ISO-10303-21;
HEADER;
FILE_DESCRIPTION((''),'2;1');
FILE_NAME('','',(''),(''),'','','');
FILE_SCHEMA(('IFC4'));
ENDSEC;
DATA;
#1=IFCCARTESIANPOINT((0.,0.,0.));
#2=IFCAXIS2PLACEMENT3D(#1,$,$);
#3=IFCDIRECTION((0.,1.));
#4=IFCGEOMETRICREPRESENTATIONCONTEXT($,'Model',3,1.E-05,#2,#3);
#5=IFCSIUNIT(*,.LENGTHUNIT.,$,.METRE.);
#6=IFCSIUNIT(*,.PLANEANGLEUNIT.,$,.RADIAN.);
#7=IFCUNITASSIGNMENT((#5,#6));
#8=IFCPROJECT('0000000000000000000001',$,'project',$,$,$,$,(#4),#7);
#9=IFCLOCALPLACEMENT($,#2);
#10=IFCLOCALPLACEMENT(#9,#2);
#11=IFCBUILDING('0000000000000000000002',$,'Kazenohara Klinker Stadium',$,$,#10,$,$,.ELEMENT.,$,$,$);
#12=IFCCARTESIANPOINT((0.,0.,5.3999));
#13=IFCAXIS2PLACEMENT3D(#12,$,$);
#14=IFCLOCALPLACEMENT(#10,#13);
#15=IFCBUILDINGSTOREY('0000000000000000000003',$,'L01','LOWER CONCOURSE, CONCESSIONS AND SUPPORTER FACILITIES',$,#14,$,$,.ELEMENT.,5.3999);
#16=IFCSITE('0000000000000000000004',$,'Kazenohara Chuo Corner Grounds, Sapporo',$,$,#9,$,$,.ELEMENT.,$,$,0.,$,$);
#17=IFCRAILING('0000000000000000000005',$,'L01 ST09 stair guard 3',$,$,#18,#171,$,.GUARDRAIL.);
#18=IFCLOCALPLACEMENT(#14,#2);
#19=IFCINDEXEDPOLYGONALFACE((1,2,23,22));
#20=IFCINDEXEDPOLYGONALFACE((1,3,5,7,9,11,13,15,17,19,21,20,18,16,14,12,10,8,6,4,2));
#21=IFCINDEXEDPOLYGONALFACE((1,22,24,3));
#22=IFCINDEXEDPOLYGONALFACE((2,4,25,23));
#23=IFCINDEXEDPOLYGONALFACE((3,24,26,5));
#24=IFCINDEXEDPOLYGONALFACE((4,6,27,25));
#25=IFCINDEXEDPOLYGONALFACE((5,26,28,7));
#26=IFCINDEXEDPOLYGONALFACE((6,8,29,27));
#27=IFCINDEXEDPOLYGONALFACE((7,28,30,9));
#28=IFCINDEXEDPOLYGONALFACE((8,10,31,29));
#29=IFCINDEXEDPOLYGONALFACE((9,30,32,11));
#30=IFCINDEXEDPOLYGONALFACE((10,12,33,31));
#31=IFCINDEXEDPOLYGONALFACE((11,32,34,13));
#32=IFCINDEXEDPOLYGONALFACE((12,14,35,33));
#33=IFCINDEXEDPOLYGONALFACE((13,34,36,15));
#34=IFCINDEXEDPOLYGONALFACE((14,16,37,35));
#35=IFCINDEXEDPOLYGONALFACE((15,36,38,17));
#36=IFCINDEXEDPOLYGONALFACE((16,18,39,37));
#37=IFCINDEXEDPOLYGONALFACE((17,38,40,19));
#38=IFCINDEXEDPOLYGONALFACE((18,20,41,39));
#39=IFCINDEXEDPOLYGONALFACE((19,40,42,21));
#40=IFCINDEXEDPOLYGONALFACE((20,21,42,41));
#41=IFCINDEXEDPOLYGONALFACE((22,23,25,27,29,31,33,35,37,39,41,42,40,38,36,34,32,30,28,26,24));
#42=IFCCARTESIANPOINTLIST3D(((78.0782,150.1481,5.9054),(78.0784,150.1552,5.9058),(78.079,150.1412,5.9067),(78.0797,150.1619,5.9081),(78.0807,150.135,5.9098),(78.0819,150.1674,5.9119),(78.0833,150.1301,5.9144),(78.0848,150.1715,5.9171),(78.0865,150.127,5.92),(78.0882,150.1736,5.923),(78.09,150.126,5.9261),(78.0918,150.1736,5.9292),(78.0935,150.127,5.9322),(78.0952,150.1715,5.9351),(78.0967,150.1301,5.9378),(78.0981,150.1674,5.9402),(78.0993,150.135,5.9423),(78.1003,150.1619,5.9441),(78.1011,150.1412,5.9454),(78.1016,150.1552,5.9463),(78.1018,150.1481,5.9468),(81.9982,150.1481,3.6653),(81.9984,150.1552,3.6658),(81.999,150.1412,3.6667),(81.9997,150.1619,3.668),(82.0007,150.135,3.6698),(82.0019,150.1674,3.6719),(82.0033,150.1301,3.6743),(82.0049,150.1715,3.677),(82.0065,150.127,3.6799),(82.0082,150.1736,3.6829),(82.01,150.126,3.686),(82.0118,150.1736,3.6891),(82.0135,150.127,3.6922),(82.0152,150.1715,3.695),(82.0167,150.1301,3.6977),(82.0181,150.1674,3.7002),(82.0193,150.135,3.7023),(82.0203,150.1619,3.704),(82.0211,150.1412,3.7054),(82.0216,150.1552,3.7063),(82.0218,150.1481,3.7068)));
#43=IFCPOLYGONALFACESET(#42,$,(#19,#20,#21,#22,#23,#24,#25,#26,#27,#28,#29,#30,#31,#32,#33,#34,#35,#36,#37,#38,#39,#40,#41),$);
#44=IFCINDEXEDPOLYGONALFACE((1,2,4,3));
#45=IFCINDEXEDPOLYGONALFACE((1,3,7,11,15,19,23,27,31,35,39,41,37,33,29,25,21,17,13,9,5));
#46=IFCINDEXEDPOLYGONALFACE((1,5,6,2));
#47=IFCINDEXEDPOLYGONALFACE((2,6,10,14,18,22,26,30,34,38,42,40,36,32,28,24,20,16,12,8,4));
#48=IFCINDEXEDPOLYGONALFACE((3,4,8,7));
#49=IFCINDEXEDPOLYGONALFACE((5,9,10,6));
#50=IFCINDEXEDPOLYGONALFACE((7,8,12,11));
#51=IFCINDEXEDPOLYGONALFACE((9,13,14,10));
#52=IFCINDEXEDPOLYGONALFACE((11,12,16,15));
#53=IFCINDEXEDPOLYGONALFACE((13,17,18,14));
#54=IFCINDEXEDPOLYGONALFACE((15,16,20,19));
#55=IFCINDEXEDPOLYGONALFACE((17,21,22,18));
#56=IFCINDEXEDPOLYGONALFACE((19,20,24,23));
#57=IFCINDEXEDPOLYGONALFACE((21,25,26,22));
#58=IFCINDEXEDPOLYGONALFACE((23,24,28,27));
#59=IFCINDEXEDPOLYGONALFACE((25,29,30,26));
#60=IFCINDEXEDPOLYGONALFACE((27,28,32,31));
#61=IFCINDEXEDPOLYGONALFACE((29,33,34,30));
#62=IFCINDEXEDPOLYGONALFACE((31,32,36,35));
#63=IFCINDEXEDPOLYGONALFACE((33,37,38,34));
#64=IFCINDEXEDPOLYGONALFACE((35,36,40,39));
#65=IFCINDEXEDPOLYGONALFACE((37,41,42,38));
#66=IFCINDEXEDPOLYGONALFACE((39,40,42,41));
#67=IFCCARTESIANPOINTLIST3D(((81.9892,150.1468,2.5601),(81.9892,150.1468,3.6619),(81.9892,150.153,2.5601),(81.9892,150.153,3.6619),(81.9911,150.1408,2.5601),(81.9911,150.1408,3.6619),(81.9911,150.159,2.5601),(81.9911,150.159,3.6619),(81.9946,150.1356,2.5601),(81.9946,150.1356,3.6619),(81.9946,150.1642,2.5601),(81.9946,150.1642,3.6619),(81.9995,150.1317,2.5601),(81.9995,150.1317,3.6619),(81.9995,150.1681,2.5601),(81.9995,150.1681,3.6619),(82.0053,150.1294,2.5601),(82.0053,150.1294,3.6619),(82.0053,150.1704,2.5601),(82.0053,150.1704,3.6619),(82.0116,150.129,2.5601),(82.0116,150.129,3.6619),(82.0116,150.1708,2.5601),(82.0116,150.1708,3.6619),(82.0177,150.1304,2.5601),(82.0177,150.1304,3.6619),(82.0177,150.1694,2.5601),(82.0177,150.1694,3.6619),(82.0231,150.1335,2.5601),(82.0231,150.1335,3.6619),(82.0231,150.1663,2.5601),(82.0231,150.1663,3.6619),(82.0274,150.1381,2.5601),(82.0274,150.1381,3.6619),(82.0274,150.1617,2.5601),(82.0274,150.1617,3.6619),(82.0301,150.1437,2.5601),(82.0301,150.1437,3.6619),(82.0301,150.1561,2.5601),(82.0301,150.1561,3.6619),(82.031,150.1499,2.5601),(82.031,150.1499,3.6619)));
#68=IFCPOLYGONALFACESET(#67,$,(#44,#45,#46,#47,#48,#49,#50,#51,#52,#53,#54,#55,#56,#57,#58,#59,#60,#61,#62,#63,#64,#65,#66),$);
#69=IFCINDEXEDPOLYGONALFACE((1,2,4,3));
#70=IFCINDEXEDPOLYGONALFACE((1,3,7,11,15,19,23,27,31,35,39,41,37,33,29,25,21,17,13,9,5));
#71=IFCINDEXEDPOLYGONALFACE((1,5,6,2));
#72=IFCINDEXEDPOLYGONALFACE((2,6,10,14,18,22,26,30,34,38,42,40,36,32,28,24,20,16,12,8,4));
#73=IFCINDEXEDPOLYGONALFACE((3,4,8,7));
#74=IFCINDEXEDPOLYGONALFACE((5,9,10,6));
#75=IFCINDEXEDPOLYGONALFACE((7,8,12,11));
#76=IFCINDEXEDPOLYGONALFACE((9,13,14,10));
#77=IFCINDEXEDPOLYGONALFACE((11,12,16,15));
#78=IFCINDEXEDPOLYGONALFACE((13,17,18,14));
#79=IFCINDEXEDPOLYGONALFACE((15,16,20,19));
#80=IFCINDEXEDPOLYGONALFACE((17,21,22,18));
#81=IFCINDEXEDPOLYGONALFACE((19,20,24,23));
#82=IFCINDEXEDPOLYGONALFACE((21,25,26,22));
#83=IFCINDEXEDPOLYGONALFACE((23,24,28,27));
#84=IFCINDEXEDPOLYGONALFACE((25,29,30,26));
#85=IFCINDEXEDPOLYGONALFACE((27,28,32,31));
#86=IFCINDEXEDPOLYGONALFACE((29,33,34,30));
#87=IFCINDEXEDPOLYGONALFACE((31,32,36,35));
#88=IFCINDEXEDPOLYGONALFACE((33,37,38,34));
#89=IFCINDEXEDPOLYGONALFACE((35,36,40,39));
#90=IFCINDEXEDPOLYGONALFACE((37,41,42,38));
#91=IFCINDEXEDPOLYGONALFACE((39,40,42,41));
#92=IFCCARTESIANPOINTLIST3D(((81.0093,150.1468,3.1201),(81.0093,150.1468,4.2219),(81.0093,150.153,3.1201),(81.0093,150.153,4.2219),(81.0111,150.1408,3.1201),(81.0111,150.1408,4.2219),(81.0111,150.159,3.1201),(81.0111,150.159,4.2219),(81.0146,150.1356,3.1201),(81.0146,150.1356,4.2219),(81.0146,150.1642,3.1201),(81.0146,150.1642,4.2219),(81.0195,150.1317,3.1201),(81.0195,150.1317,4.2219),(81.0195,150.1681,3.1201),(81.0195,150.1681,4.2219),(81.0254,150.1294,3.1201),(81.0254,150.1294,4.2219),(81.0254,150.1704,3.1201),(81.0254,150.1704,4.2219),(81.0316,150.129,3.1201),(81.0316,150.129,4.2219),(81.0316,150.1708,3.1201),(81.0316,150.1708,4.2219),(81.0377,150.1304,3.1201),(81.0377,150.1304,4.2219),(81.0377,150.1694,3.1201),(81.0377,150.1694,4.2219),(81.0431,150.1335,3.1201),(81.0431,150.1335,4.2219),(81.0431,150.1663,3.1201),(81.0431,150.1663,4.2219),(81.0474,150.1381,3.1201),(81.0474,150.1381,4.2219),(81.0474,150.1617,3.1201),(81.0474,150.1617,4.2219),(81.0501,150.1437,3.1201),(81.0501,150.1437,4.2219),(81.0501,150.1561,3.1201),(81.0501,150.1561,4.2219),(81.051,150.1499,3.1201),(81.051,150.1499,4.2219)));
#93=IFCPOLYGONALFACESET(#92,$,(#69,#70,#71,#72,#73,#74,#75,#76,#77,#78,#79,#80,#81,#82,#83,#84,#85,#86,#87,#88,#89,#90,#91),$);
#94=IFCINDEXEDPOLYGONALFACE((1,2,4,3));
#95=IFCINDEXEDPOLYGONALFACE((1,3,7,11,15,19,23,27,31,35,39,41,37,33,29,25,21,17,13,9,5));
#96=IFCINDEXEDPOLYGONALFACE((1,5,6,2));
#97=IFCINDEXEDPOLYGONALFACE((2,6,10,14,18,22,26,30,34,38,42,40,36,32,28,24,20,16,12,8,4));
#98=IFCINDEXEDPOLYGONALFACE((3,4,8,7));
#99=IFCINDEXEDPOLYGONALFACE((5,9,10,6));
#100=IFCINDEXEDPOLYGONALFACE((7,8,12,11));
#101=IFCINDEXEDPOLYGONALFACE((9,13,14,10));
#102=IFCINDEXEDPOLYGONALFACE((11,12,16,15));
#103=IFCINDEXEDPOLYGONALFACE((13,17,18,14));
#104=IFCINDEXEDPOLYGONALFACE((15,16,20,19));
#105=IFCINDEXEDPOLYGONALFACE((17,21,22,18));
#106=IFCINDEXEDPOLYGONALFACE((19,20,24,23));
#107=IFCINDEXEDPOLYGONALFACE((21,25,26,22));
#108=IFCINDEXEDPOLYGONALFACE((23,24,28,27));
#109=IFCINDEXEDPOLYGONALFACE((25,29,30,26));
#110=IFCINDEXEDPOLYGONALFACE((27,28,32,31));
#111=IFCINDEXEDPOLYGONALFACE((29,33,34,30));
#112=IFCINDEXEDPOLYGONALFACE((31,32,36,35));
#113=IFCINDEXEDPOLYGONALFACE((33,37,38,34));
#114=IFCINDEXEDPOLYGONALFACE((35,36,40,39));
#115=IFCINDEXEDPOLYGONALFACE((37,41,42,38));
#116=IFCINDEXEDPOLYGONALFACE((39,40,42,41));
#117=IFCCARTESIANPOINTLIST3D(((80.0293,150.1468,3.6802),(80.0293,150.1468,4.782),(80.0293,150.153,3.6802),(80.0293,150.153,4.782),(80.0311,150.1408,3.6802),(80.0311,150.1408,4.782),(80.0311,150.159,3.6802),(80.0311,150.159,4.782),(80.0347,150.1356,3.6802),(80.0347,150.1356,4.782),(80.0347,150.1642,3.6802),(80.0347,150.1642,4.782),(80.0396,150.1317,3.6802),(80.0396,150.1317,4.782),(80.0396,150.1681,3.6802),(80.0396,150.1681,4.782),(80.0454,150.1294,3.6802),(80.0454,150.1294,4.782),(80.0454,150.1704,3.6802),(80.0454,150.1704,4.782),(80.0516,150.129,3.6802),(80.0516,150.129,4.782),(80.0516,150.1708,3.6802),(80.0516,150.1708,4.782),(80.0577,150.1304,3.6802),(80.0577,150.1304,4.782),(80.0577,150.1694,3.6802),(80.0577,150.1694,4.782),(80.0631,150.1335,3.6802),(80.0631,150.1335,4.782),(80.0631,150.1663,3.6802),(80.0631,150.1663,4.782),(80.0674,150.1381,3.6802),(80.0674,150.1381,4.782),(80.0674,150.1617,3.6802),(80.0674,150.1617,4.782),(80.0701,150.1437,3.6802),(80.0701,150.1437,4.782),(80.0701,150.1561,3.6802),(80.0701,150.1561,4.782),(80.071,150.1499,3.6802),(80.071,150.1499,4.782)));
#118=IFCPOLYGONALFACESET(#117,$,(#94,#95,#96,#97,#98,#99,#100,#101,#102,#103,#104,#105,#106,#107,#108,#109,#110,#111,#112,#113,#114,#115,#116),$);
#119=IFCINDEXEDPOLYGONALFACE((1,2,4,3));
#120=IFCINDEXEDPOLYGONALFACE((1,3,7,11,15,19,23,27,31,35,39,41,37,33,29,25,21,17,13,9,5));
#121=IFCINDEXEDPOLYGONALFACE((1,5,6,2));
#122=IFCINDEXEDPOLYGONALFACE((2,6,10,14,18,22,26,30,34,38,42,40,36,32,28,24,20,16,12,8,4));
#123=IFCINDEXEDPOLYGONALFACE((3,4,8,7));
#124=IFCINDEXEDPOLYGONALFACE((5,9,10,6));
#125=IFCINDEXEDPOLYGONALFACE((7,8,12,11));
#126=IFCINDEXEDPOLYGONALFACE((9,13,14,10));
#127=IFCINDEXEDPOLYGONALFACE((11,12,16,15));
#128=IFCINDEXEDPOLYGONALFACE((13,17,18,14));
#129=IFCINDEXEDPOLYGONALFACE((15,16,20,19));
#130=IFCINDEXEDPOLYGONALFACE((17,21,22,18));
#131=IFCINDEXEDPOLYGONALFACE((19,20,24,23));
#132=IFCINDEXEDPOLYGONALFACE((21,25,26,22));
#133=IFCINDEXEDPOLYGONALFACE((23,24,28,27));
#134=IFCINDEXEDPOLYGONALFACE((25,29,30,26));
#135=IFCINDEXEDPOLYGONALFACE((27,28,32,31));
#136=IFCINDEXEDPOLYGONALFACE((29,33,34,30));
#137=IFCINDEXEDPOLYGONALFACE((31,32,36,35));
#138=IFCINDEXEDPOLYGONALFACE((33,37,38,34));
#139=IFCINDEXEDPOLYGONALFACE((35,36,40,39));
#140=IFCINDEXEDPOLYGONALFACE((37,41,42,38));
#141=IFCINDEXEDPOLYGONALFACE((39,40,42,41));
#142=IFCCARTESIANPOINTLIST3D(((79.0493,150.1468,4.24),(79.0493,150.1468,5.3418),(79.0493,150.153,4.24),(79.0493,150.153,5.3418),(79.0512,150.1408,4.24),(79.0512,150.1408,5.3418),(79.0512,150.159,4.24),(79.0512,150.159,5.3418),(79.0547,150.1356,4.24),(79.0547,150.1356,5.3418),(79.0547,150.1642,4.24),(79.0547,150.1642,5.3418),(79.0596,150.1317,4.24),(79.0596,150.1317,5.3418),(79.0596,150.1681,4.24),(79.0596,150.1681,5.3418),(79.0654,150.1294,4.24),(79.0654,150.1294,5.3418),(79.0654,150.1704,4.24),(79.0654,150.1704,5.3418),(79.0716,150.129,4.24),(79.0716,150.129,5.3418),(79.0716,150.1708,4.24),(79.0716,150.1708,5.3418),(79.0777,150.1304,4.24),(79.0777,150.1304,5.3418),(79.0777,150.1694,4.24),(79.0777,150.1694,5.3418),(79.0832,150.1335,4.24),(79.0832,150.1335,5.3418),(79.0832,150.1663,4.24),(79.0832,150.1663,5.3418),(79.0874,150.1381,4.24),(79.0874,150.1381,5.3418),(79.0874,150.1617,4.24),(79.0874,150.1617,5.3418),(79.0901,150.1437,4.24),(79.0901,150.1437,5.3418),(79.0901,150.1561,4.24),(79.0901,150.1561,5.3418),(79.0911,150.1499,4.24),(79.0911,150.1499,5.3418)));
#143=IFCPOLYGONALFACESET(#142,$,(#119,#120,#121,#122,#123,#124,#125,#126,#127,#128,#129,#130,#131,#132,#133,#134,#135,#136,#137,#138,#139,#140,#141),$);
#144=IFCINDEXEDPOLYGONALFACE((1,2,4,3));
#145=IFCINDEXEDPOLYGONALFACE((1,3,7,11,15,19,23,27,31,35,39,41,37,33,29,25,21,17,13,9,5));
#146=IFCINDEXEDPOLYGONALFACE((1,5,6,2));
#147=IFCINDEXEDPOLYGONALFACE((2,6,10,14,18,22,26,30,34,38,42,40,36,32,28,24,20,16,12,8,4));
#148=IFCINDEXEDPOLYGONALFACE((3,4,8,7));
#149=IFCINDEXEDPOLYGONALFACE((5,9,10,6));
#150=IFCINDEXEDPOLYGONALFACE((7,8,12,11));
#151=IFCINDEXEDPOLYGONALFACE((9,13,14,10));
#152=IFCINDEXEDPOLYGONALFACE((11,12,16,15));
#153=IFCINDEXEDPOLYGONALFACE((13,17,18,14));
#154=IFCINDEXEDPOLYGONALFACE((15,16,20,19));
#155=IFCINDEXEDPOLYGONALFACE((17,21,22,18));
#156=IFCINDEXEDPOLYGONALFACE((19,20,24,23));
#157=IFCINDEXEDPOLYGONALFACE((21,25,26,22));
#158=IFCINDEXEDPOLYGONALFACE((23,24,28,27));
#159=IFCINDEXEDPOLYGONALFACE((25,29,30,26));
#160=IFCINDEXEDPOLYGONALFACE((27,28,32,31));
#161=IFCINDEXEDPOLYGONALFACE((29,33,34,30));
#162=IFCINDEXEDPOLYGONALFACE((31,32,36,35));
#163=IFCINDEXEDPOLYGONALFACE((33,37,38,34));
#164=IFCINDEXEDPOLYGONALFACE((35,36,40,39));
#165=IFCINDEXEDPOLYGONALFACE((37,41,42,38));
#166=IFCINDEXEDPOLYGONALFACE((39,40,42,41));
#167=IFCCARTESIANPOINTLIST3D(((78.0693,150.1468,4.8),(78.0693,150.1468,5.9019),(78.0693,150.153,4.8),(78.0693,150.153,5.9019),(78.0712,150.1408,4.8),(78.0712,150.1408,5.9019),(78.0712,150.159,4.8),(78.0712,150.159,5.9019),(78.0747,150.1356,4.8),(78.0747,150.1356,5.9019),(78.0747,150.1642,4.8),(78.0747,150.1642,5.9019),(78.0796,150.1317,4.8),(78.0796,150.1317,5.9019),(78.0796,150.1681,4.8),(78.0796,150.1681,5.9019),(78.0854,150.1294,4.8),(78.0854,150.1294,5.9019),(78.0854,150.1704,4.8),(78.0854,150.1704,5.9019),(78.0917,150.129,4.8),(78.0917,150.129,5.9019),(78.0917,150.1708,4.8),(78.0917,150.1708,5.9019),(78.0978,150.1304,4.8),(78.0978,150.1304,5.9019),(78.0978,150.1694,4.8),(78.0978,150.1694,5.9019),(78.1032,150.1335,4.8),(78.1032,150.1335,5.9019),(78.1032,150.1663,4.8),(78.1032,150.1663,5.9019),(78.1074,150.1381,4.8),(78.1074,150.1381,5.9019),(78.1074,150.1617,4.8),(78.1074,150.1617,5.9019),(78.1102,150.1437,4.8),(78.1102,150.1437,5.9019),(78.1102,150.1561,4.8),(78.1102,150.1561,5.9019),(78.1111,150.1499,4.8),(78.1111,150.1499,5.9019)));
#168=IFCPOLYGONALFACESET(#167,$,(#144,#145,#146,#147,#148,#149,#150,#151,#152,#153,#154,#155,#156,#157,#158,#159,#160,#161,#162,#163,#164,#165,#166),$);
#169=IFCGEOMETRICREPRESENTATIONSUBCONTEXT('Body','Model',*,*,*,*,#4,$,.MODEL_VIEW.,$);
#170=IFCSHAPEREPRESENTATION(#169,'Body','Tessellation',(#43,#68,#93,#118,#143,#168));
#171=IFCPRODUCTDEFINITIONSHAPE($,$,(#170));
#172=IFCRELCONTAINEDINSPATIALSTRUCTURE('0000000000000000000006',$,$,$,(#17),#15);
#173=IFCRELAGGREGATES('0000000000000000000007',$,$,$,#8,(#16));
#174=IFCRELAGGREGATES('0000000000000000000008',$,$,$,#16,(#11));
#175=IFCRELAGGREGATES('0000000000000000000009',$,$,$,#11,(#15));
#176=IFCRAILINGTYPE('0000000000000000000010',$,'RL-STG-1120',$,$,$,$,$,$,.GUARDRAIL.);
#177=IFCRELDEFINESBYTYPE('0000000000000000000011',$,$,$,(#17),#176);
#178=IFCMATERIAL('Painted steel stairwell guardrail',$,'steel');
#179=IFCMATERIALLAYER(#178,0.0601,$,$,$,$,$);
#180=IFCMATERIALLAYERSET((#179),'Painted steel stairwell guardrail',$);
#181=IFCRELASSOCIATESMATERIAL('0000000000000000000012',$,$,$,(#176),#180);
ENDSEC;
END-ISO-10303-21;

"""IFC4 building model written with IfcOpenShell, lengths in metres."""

from ifc_helpers import new_model, si_unit, direction, frame, origin, origin_2d, place, context, subcontext, project, spatial, circle, extrude, material, layer, layer_set, type_object, element, save


model = new_model("IFC4")

# Units and contexts
model_context = context("Model", 3, precision=1e-05, world=origin(), true_north=direction((0.0, 1.0)))
body_context = subcontext(model_context, "Body", "Model", "MODEL_VIEW")
ifc_project = project(units=[si_unit("LENGTHUNIT", "METRE"), si_unit("PLANEANGLEUNIT", "RADIAN")], contexts=[model_context])

# Site, building, storey
site_placement = place(None, origin())
site = spatial("IfcSite", under=ifc_project, at=site_placement, Name="Kazenohara Chuo Corner Grounds, Sapporo", CompositionType="ELEMENT", RefElevation=0.0)
building_placement = place(site_placement, origin())
building = spatial("IfcBuilding", under=site, at=building_placement, Name="Kazenohara Klinker Stadium", CompositionType="ELEMENT")
storey_placement = place(building_placement, frame((0.0, 0.0, 5.3999)))
storey = spatial("IfcBuildingStorey", under=building, at=storey_placement, Name="L01", Description="LOWER CONCOURSE, CONCESSIONS AND SUPPORTER FACILITIES", CompositionType="ELEMENT", Elevation=5.3999)

# Railing
ifc_material_1 = material(Name="Painted steel stairwell guardrail", Category="steel")
ifc_layer_1 = layer(ifc_material_1, 0.0601)
ifc_layer_set_1 = layer_set([ifc_layer_1], Name="Painted steel stairwell guardrail")
railing_type_1 = type_object("IfcRailingType", Name="RL-STG-1120", PredefinedType="GUARDRAIL", material=ifc_layer_set_1)
railing_1_placement = place(storey_placement, frame((82.01, 150.1499, 2.5601)))
element("IfcRailing", 1, at=railing_1_placement, inside=storey, type_object=railing_type_1, Name="L01 ST09 stair guard 3", PredefinedType="GUARDRAIL", context=body_context, shape_type="SweptSolid", body=[
    extrude(circle(Radius=0.0239, at=origin_2d()), frame((0.0, 0.0, 1.126), z_axis=(-0.86824, 0.0, 0.496145), x_axis=(0.0, -1.0, 0.0)), (0.0, 0.0, 1.0), 4.5149),
    extrude(circle(Radius=0.021, at=origin_2d()), origin(), (0.0, 0.0, 1.0), 1.1018),
    extrude(circle(Radius=0.021, at=origin_2d()), frame((-0.98, 0.0, 0.5601)), (0.0, 0.0, 1.0), 1.1018),
    extrude(circle(Radius=0.021, at=origin_2d()), frame((-1.96, 0.0, 1.1201)), (0.0, 0.0, 1.0), 1.1018),
    extrude(circle(Radius=0.021, at=origin_2d()), frame((-2.9399, 0.0, 1.6799)), (0.0, 0.0, 1.0), 1.1018),
    extrude(circle(Radius=0.021, at=origin_2d()), frame((-3.9199, 0.0, 2.24)), (0.0, 0.0, 1.0), 1.1018),
])

save(model, "model.ifc")
